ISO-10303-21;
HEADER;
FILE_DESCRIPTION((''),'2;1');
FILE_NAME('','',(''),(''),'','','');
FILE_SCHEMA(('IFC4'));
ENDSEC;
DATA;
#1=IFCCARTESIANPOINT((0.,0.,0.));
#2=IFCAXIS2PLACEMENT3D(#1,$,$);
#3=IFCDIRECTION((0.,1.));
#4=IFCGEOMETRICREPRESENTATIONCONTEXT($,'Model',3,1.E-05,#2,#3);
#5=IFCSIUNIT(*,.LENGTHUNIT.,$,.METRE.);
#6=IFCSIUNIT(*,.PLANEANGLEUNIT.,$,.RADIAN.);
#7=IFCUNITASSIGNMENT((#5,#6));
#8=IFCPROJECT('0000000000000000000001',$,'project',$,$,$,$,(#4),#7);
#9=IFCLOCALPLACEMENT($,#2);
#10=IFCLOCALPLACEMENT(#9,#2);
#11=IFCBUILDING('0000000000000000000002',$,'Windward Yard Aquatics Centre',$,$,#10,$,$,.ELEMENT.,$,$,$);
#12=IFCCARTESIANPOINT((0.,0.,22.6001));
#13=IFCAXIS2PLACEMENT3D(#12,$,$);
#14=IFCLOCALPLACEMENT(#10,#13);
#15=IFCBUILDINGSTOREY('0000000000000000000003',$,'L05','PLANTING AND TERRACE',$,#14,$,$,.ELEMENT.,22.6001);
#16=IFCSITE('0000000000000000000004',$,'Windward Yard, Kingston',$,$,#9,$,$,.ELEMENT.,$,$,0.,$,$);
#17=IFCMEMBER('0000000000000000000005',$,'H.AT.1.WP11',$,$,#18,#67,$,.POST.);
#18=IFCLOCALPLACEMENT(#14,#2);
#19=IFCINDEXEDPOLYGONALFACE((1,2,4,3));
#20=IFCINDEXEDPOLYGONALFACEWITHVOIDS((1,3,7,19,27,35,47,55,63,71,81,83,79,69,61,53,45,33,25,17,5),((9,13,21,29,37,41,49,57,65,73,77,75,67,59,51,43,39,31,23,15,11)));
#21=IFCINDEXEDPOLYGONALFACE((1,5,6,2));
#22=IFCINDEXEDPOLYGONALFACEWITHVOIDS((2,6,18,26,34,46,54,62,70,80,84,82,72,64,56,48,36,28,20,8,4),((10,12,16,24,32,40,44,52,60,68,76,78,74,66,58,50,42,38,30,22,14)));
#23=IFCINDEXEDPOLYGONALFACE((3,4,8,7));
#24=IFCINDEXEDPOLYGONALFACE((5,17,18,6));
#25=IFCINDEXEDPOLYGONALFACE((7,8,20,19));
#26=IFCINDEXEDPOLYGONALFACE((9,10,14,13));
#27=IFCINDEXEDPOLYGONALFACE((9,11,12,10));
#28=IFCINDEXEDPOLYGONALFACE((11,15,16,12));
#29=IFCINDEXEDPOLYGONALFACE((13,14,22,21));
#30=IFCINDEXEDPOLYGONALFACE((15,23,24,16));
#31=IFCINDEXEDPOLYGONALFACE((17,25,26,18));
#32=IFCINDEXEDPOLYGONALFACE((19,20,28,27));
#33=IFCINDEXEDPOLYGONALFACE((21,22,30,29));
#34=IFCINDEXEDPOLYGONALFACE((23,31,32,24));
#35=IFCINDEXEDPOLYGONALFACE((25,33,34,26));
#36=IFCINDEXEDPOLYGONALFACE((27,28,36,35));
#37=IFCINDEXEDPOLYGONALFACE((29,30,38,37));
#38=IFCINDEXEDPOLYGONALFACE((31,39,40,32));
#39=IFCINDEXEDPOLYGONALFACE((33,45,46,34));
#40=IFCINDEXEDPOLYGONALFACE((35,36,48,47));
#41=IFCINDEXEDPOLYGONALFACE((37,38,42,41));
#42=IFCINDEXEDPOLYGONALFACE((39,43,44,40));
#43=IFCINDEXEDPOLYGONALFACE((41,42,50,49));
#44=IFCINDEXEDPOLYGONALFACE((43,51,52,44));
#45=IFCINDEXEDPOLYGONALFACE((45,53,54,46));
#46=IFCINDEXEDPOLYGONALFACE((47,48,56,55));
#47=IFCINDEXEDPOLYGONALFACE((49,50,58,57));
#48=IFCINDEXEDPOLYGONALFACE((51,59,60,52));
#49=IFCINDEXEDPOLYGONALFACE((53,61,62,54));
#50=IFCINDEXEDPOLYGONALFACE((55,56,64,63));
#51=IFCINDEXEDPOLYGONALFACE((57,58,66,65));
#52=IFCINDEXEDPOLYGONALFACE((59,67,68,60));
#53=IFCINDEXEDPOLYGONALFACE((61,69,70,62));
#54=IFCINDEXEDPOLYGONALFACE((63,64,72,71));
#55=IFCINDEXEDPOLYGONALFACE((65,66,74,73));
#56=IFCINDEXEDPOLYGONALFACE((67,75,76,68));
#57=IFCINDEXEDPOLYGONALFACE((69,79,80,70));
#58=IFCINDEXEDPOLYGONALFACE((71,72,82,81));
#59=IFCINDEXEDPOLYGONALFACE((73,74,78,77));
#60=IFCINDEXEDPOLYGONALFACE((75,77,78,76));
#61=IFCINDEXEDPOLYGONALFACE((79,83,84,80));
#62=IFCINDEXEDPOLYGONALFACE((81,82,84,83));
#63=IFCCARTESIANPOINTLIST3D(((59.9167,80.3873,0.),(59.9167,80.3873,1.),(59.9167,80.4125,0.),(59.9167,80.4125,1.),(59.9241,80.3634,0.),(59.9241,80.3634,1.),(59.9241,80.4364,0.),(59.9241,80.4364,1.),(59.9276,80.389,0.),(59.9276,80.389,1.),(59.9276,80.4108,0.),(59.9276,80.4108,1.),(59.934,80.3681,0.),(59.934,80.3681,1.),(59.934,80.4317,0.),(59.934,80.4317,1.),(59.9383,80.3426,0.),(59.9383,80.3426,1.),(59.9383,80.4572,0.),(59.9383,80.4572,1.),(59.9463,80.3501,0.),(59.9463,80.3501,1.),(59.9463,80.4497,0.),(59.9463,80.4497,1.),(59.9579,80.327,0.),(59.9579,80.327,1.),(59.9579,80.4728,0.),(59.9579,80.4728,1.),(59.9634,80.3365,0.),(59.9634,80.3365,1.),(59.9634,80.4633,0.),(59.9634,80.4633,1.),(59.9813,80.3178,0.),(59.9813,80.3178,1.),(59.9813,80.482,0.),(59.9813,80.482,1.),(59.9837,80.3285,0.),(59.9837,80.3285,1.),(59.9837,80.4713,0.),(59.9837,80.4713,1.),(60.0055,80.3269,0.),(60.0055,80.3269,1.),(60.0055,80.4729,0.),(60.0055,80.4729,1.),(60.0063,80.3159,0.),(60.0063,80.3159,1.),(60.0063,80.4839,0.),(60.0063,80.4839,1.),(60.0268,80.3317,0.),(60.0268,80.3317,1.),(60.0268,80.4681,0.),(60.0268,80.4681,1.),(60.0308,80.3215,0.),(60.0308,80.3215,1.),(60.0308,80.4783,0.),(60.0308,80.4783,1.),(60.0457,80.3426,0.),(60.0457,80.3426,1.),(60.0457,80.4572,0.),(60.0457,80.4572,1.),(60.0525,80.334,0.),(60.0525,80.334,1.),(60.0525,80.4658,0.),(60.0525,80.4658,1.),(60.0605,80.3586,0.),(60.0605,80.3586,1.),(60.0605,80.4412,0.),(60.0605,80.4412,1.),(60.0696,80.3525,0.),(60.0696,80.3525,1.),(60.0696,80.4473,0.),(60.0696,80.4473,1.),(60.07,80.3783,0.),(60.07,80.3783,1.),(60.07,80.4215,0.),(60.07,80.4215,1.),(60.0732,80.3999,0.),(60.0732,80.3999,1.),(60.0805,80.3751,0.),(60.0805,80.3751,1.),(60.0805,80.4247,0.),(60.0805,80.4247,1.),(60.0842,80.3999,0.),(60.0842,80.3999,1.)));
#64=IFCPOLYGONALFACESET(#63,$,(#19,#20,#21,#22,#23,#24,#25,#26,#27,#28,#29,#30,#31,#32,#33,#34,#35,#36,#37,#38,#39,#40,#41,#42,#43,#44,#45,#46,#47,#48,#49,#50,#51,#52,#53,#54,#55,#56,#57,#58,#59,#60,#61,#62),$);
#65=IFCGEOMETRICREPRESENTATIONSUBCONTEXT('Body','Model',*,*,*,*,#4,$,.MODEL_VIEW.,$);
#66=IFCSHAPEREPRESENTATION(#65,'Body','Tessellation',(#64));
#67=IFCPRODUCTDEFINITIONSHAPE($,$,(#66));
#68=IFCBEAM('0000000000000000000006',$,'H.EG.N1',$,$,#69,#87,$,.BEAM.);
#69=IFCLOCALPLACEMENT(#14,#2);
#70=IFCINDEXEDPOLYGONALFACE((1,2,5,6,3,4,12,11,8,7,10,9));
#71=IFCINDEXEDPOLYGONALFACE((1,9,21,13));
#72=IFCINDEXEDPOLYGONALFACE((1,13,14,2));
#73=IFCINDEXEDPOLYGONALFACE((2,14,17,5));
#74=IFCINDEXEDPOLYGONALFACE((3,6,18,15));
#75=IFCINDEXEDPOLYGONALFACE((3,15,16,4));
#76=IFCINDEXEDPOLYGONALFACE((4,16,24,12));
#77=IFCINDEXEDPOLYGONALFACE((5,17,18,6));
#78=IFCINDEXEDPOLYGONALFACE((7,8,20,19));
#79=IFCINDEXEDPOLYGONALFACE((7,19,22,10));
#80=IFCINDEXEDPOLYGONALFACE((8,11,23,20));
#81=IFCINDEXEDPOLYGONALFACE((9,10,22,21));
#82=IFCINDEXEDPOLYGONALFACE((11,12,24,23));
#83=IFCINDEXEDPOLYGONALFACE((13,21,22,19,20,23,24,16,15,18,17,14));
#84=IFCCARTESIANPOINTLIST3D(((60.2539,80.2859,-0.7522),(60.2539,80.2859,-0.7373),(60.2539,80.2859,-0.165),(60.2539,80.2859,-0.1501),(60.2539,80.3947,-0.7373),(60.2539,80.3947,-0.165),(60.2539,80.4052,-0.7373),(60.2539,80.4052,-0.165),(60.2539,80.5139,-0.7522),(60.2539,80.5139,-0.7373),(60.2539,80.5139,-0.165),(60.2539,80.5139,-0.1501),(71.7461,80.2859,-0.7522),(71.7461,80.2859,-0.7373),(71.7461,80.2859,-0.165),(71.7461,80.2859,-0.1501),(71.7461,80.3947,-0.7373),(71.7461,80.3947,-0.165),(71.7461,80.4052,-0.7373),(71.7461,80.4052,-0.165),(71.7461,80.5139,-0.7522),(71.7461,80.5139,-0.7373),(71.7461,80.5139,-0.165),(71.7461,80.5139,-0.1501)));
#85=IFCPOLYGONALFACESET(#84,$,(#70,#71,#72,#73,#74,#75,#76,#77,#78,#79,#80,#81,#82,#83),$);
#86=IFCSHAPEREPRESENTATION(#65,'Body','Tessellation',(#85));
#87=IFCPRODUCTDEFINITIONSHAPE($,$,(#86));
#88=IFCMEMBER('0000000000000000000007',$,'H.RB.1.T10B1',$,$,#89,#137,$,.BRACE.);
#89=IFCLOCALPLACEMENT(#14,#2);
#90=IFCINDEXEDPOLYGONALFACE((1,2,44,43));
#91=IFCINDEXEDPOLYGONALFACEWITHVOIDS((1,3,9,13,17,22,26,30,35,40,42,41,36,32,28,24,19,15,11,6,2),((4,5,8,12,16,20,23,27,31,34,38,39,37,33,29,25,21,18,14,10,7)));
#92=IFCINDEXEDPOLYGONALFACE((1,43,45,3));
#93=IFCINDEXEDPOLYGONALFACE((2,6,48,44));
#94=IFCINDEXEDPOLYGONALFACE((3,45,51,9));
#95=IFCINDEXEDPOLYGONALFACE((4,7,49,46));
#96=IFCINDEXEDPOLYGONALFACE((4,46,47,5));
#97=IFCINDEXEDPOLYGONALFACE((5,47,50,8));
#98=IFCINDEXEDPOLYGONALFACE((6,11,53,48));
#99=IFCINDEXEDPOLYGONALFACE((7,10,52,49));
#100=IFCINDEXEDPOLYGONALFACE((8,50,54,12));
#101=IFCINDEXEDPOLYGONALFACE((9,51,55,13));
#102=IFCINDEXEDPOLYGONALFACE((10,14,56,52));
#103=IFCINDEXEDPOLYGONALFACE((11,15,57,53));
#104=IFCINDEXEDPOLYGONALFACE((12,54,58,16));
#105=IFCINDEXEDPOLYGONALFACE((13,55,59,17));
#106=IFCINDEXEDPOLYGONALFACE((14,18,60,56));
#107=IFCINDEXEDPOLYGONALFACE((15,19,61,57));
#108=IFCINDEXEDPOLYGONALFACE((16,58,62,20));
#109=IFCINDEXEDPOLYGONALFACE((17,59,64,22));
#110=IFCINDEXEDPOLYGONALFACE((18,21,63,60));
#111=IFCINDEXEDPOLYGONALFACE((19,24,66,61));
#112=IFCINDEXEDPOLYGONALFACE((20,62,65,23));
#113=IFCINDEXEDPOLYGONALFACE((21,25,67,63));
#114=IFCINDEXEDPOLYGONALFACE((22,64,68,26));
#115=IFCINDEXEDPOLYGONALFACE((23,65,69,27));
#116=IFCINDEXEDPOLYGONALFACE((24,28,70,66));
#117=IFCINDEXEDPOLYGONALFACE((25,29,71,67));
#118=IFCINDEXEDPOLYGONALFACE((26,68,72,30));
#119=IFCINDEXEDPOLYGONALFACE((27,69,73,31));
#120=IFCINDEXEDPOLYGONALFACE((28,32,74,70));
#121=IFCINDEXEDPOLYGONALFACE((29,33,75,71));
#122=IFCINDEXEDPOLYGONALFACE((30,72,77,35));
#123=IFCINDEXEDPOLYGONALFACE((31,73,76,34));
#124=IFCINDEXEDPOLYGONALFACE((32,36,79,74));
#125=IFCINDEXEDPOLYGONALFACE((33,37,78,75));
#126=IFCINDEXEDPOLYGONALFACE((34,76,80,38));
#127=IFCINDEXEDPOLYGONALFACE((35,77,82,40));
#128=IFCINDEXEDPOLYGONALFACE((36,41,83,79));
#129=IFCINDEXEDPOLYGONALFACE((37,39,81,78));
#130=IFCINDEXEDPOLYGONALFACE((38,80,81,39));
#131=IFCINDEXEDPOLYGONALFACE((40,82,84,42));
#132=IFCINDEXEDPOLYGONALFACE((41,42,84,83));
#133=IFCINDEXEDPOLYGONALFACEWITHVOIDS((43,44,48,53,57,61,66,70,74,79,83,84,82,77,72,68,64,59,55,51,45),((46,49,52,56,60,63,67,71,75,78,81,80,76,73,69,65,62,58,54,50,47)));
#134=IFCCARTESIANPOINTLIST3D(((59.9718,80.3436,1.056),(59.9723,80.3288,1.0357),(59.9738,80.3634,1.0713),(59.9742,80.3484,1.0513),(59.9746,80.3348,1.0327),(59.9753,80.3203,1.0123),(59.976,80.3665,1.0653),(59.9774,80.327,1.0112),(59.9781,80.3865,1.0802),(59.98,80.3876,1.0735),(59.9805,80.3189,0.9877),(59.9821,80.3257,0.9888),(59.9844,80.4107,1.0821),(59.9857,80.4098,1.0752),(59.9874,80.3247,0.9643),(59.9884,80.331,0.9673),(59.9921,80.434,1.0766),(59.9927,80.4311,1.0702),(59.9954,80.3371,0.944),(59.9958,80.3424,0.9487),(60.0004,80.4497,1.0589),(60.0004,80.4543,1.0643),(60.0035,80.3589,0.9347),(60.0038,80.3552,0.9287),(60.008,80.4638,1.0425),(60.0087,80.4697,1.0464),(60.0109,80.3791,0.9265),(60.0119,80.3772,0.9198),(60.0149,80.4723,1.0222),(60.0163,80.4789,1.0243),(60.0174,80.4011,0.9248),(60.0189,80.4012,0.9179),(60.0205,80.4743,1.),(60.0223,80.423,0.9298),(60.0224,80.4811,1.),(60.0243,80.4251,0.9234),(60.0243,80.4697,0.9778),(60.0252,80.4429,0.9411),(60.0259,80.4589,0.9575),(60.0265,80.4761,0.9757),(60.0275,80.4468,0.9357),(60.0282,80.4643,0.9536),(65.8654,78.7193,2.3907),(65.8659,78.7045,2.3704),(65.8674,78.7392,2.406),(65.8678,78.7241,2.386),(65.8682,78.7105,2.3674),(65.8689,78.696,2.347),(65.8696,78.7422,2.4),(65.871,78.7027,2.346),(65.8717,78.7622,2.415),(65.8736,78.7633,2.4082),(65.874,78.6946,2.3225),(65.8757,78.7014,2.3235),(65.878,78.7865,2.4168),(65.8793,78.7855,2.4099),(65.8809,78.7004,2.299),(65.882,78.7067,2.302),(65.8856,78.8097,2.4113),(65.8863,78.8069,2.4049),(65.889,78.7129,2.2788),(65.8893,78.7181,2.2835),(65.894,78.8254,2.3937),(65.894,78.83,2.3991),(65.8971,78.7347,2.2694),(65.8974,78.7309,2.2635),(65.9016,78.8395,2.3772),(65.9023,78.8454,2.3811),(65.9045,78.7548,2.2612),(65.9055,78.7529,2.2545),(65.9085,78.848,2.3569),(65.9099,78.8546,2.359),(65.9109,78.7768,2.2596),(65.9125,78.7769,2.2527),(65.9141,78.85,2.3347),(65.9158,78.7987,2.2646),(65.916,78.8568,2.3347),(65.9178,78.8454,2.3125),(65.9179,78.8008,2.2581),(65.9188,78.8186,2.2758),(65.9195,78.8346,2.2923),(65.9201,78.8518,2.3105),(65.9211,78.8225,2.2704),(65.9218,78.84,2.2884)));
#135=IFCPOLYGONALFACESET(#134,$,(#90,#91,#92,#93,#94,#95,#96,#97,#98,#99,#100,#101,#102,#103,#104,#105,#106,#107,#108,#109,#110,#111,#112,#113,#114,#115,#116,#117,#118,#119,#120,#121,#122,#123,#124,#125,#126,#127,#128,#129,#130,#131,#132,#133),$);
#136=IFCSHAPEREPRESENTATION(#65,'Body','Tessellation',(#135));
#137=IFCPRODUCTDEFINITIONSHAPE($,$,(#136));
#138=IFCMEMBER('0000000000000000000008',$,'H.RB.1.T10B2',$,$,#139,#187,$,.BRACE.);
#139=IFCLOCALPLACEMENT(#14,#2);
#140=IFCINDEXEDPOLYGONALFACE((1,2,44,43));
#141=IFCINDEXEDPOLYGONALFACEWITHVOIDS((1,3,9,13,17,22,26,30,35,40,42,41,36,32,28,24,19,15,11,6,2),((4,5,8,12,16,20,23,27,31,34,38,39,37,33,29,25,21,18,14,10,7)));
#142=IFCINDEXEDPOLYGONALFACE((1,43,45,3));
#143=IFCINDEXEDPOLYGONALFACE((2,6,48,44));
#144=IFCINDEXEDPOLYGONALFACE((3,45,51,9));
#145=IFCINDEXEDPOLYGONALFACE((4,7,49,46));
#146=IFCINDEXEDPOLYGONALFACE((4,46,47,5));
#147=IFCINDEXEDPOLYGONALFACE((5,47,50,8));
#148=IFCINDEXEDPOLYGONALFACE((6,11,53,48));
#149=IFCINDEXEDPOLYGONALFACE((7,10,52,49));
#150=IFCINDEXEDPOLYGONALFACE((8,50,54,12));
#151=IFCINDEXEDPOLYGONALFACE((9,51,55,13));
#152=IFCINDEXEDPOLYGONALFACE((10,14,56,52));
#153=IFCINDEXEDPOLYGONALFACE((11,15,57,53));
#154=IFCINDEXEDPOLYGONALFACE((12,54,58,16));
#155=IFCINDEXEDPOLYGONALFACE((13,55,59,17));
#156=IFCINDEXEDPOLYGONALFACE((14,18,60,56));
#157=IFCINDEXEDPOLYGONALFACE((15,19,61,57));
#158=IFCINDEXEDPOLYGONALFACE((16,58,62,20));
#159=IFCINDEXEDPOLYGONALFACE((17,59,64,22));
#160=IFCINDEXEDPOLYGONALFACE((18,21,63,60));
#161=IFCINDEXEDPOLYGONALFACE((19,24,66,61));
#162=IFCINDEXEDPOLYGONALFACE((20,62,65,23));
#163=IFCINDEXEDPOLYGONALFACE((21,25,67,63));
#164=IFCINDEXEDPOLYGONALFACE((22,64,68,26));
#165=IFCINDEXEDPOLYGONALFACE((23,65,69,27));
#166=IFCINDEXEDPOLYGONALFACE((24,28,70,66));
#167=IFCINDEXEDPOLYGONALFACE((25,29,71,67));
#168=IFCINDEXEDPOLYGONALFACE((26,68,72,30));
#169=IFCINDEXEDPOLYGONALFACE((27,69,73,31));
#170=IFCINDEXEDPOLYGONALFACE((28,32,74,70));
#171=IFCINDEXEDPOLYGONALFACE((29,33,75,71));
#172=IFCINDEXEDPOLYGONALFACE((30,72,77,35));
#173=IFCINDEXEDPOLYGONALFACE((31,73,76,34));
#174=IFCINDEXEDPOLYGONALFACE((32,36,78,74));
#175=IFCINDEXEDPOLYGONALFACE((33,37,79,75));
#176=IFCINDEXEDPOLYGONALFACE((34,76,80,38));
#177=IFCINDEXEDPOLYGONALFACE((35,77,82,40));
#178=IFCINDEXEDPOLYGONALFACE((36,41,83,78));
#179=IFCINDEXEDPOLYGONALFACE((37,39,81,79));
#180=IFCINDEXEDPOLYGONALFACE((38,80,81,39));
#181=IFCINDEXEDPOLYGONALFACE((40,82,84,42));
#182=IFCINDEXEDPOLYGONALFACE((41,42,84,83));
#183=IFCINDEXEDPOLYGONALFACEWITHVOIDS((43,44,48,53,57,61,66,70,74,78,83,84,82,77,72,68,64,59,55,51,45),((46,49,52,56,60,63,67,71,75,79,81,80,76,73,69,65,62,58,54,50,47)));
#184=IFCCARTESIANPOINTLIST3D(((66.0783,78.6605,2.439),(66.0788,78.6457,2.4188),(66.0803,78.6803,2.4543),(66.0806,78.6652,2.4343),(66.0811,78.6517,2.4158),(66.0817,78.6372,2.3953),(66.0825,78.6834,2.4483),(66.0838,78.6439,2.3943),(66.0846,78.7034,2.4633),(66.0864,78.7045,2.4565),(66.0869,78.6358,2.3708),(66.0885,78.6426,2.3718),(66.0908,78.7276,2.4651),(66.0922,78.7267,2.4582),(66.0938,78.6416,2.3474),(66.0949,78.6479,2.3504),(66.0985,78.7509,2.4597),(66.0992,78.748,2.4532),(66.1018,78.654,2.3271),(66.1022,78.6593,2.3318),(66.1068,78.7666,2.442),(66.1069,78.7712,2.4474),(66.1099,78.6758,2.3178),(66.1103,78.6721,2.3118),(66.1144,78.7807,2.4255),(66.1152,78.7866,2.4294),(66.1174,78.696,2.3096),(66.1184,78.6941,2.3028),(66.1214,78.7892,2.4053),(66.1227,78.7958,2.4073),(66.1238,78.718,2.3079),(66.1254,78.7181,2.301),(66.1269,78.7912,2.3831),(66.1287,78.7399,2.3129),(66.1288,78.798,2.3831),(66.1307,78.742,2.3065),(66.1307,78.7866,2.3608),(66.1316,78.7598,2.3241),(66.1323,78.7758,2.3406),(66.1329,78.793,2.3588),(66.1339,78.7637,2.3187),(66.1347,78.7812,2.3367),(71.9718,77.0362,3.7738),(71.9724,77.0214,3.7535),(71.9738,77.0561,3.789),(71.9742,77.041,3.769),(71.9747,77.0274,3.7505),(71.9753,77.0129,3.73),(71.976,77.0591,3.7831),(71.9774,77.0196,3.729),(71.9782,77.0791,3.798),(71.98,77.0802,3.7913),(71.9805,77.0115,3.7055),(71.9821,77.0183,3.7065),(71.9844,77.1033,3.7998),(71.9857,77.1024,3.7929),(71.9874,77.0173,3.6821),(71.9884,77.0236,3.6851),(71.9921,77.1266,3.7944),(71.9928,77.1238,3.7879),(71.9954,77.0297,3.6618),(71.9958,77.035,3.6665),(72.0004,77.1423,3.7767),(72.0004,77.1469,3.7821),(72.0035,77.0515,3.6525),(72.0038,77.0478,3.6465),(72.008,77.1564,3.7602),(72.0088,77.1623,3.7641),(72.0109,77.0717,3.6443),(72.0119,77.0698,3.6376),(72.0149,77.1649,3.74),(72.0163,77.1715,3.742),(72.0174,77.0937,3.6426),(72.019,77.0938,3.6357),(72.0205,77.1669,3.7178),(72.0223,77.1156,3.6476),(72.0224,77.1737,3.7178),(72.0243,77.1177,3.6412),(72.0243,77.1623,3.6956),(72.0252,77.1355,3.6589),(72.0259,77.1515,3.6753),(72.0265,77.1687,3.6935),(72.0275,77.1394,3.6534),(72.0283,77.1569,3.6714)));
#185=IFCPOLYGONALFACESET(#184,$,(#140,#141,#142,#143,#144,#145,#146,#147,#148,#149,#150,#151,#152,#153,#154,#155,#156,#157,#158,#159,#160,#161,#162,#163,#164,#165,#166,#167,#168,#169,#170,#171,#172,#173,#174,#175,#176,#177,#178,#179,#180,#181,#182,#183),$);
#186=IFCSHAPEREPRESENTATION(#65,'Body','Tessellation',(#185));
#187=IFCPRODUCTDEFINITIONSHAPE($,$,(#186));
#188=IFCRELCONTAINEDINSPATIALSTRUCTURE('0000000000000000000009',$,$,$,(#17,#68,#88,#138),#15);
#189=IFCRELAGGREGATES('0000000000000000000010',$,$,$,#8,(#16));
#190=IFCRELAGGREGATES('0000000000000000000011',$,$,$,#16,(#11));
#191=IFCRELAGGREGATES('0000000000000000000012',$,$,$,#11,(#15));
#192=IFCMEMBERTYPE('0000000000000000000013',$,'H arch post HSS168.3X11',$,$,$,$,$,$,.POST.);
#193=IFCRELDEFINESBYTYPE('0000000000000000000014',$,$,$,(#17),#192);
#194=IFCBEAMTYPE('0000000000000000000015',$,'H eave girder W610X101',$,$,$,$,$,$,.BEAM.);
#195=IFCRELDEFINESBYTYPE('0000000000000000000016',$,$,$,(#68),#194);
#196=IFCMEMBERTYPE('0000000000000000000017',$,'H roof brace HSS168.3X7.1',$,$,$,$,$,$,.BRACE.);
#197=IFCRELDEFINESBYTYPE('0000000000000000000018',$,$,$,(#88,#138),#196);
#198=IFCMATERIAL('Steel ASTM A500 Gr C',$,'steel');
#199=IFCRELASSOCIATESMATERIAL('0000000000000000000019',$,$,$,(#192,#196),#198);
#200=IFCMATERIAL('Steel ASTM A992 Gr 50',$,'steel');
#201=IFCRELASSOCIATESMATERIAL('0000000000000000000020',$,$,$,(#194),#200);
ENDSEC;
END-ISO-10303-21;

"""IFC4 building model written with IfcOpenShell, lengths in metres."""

from ifc_helpers import new_model, si_unit, direction, frame, origin, origin_2d, place, context, subcontext, project, spatial, hollow_circle, i_section, extrude, material, material_profile, profile_set, type_object, element, save


model = new_model("IFC4")

# Units and contexts
model_context = context("Model", 3, precision=1e-05, world=origin(), true_north=direction((0.0, 1.0)))
body_context = subcontext(model_context, "Body", "Model", "MODEL_VIEW")
ifc_project = project(units=[si_unit("LENGTHUNIT", "METRE"), si_unit("PLANEANGLEUNIT", "RADIAN")], contexts=[model_context])

# Site, building, storey
site_placement = place(None, origin())
site = spatial("IfcSite", under=ifc_project, at=site_placement, Name="Windward Yard, Kingston", CompositionType="ELEMENT", RefElevation=0.0)
building_placement = place(site_placement, origin())
building = spatial("IfcBuilding", under=site, at=building_placement, Name="Windward Yard Aquatics Centre", CompositionType="ELEMENT")
storey_placement = place(building_placement, frame((0.0, 0.0, 22.6001)))
storey = spatial("IfcBuildingStorey", under=building, at=storey_placement, Name="L05", Description="PLANTING AND TERRACE", CompositionType="ELEMENT", Elevation=22.6001)

# Member
ifc_material_1 = material(Name="Steel ASTM A500 Gr C", Category="steel")
ifc_material_profile_1 = material_profile(ifc_material_1, hollow_circle(Radius=0.0842, WallThickness=0.011, at=origin_2d()), Name="HSS168.3X11")
ifc_profile_set_1 = profile_set([ifc_material_profile_1], Name="Steel ASTM A500 Gr C")
member_type_1 = type_object("IfcMemberType", Name="H arch post HSS168.3X11", PredefinedType="POST", material=ifc_profile_set_1)
member_placement = place(storey_placement, frame((60.0, 80.3999, 0.0), z_axis=(0.0, 0.0, 1.0), x_axis=(1.0, 0.0, 0.0)))
element("IfcMember", 1, at=member_placement, inside=storey, type_object=member_type_1, Name="H.AT.1.WP11", PredefinedType="POST", context=body_context, shape_type="SweptSolid", body=[
    extrude(hollow_circle(Radius=0.0842, WallThickness=0.011, at=origin_2d()), origin(), (0.0, 0.0, 1.0), 1.0),
])

# Beam
ifc_material_2 = material(Name="Steel ASTM A992 Gr 50", Category="steel")
ifc_material_profile_2 = material_profile(ifc_material_2, i_section(OverallWidth=0.228, OverallDepth=0.6021, WebThickness=0.0105, FlangeThickness=0.0149, at=origin_2d()), Name="W610X101")
ifc_profile_set_2 = profile_set([ifc_material_profile_2], Name="Steel ASTM A992 Gr 50")
beam_type_1 = type_object("IfcBeamType", Name="H eave girder W610X101", PredefinedType="BEAM", material=ifc_profile_set_2)
beam_1_placement = place(storey_placement, frame((60.2539, 80.3999, -0.4512), z_axis=(1.0, 0.0, 0.0), x_axis=(0.0, 1.0, 0.0)))
element("IfcBeam", 2, at=beam_1_placement, inside=storey, type_object=beam_type_1, Name="H.EG.N1", PredefinedType="BEAM", context=body_context, shape_type="SweptSolid", body=[
    extrude(i_section(OverallWidth=0.228, OverallDepth=0.6021, WebThickness=0.0105, FlangeThickness=0.0149, at=origin_2d()), origin(), (0.0, 0.0, 1.0), 11.4922),
])

# Members
ifc_material_profile_3 = material_profile(ifc_material_1, hollow_circle(Radius=0.0842, WallThickness=0.0071, at=origin_2d()), Name="HSS168.3X7.1")
ifc_profile_set_3 = profile_set([ifc_material_profile_3], Name="Steel ASTM A500 Gr C")
member_type_2 = type_object("IfcMemberType", Name="H roof brace HSS168.3X7.1", PredefinedType="BRACE", material=ifc_profile_set_3)
for number, where, z_axis, x_axis, name in (
    (3, (60.0, 80.3999, 1.0), (0.94187, -0.25958, 0.213306), (0.265695, 0.964057, 0.0), "H.RB.1.T10B1"),
    (4, (66.1064, 78.7168, 2.3831), (0.94187, -0.25958, 0.213306), (0.265695, 0.964057, 0.0), "H.RB.1.T10B2"),
):
    element("IfcMember", number, at=place(storey_placement, frame(where, z_axis=z_axis, x_axis=x_axis)), inside=storey, type_object=member_type_2, Name=name, PredefinedType="BRACE", context=body_context, shape_type="SweptSolid", body=[
        extrude(hollow_circle(Radius=0.0842, WallThickness=0.0071, at=origin_2d()), origin(), (0.0, 0.0, 1.0), 6.2573),
    ])

save(model, "model.ifc")
